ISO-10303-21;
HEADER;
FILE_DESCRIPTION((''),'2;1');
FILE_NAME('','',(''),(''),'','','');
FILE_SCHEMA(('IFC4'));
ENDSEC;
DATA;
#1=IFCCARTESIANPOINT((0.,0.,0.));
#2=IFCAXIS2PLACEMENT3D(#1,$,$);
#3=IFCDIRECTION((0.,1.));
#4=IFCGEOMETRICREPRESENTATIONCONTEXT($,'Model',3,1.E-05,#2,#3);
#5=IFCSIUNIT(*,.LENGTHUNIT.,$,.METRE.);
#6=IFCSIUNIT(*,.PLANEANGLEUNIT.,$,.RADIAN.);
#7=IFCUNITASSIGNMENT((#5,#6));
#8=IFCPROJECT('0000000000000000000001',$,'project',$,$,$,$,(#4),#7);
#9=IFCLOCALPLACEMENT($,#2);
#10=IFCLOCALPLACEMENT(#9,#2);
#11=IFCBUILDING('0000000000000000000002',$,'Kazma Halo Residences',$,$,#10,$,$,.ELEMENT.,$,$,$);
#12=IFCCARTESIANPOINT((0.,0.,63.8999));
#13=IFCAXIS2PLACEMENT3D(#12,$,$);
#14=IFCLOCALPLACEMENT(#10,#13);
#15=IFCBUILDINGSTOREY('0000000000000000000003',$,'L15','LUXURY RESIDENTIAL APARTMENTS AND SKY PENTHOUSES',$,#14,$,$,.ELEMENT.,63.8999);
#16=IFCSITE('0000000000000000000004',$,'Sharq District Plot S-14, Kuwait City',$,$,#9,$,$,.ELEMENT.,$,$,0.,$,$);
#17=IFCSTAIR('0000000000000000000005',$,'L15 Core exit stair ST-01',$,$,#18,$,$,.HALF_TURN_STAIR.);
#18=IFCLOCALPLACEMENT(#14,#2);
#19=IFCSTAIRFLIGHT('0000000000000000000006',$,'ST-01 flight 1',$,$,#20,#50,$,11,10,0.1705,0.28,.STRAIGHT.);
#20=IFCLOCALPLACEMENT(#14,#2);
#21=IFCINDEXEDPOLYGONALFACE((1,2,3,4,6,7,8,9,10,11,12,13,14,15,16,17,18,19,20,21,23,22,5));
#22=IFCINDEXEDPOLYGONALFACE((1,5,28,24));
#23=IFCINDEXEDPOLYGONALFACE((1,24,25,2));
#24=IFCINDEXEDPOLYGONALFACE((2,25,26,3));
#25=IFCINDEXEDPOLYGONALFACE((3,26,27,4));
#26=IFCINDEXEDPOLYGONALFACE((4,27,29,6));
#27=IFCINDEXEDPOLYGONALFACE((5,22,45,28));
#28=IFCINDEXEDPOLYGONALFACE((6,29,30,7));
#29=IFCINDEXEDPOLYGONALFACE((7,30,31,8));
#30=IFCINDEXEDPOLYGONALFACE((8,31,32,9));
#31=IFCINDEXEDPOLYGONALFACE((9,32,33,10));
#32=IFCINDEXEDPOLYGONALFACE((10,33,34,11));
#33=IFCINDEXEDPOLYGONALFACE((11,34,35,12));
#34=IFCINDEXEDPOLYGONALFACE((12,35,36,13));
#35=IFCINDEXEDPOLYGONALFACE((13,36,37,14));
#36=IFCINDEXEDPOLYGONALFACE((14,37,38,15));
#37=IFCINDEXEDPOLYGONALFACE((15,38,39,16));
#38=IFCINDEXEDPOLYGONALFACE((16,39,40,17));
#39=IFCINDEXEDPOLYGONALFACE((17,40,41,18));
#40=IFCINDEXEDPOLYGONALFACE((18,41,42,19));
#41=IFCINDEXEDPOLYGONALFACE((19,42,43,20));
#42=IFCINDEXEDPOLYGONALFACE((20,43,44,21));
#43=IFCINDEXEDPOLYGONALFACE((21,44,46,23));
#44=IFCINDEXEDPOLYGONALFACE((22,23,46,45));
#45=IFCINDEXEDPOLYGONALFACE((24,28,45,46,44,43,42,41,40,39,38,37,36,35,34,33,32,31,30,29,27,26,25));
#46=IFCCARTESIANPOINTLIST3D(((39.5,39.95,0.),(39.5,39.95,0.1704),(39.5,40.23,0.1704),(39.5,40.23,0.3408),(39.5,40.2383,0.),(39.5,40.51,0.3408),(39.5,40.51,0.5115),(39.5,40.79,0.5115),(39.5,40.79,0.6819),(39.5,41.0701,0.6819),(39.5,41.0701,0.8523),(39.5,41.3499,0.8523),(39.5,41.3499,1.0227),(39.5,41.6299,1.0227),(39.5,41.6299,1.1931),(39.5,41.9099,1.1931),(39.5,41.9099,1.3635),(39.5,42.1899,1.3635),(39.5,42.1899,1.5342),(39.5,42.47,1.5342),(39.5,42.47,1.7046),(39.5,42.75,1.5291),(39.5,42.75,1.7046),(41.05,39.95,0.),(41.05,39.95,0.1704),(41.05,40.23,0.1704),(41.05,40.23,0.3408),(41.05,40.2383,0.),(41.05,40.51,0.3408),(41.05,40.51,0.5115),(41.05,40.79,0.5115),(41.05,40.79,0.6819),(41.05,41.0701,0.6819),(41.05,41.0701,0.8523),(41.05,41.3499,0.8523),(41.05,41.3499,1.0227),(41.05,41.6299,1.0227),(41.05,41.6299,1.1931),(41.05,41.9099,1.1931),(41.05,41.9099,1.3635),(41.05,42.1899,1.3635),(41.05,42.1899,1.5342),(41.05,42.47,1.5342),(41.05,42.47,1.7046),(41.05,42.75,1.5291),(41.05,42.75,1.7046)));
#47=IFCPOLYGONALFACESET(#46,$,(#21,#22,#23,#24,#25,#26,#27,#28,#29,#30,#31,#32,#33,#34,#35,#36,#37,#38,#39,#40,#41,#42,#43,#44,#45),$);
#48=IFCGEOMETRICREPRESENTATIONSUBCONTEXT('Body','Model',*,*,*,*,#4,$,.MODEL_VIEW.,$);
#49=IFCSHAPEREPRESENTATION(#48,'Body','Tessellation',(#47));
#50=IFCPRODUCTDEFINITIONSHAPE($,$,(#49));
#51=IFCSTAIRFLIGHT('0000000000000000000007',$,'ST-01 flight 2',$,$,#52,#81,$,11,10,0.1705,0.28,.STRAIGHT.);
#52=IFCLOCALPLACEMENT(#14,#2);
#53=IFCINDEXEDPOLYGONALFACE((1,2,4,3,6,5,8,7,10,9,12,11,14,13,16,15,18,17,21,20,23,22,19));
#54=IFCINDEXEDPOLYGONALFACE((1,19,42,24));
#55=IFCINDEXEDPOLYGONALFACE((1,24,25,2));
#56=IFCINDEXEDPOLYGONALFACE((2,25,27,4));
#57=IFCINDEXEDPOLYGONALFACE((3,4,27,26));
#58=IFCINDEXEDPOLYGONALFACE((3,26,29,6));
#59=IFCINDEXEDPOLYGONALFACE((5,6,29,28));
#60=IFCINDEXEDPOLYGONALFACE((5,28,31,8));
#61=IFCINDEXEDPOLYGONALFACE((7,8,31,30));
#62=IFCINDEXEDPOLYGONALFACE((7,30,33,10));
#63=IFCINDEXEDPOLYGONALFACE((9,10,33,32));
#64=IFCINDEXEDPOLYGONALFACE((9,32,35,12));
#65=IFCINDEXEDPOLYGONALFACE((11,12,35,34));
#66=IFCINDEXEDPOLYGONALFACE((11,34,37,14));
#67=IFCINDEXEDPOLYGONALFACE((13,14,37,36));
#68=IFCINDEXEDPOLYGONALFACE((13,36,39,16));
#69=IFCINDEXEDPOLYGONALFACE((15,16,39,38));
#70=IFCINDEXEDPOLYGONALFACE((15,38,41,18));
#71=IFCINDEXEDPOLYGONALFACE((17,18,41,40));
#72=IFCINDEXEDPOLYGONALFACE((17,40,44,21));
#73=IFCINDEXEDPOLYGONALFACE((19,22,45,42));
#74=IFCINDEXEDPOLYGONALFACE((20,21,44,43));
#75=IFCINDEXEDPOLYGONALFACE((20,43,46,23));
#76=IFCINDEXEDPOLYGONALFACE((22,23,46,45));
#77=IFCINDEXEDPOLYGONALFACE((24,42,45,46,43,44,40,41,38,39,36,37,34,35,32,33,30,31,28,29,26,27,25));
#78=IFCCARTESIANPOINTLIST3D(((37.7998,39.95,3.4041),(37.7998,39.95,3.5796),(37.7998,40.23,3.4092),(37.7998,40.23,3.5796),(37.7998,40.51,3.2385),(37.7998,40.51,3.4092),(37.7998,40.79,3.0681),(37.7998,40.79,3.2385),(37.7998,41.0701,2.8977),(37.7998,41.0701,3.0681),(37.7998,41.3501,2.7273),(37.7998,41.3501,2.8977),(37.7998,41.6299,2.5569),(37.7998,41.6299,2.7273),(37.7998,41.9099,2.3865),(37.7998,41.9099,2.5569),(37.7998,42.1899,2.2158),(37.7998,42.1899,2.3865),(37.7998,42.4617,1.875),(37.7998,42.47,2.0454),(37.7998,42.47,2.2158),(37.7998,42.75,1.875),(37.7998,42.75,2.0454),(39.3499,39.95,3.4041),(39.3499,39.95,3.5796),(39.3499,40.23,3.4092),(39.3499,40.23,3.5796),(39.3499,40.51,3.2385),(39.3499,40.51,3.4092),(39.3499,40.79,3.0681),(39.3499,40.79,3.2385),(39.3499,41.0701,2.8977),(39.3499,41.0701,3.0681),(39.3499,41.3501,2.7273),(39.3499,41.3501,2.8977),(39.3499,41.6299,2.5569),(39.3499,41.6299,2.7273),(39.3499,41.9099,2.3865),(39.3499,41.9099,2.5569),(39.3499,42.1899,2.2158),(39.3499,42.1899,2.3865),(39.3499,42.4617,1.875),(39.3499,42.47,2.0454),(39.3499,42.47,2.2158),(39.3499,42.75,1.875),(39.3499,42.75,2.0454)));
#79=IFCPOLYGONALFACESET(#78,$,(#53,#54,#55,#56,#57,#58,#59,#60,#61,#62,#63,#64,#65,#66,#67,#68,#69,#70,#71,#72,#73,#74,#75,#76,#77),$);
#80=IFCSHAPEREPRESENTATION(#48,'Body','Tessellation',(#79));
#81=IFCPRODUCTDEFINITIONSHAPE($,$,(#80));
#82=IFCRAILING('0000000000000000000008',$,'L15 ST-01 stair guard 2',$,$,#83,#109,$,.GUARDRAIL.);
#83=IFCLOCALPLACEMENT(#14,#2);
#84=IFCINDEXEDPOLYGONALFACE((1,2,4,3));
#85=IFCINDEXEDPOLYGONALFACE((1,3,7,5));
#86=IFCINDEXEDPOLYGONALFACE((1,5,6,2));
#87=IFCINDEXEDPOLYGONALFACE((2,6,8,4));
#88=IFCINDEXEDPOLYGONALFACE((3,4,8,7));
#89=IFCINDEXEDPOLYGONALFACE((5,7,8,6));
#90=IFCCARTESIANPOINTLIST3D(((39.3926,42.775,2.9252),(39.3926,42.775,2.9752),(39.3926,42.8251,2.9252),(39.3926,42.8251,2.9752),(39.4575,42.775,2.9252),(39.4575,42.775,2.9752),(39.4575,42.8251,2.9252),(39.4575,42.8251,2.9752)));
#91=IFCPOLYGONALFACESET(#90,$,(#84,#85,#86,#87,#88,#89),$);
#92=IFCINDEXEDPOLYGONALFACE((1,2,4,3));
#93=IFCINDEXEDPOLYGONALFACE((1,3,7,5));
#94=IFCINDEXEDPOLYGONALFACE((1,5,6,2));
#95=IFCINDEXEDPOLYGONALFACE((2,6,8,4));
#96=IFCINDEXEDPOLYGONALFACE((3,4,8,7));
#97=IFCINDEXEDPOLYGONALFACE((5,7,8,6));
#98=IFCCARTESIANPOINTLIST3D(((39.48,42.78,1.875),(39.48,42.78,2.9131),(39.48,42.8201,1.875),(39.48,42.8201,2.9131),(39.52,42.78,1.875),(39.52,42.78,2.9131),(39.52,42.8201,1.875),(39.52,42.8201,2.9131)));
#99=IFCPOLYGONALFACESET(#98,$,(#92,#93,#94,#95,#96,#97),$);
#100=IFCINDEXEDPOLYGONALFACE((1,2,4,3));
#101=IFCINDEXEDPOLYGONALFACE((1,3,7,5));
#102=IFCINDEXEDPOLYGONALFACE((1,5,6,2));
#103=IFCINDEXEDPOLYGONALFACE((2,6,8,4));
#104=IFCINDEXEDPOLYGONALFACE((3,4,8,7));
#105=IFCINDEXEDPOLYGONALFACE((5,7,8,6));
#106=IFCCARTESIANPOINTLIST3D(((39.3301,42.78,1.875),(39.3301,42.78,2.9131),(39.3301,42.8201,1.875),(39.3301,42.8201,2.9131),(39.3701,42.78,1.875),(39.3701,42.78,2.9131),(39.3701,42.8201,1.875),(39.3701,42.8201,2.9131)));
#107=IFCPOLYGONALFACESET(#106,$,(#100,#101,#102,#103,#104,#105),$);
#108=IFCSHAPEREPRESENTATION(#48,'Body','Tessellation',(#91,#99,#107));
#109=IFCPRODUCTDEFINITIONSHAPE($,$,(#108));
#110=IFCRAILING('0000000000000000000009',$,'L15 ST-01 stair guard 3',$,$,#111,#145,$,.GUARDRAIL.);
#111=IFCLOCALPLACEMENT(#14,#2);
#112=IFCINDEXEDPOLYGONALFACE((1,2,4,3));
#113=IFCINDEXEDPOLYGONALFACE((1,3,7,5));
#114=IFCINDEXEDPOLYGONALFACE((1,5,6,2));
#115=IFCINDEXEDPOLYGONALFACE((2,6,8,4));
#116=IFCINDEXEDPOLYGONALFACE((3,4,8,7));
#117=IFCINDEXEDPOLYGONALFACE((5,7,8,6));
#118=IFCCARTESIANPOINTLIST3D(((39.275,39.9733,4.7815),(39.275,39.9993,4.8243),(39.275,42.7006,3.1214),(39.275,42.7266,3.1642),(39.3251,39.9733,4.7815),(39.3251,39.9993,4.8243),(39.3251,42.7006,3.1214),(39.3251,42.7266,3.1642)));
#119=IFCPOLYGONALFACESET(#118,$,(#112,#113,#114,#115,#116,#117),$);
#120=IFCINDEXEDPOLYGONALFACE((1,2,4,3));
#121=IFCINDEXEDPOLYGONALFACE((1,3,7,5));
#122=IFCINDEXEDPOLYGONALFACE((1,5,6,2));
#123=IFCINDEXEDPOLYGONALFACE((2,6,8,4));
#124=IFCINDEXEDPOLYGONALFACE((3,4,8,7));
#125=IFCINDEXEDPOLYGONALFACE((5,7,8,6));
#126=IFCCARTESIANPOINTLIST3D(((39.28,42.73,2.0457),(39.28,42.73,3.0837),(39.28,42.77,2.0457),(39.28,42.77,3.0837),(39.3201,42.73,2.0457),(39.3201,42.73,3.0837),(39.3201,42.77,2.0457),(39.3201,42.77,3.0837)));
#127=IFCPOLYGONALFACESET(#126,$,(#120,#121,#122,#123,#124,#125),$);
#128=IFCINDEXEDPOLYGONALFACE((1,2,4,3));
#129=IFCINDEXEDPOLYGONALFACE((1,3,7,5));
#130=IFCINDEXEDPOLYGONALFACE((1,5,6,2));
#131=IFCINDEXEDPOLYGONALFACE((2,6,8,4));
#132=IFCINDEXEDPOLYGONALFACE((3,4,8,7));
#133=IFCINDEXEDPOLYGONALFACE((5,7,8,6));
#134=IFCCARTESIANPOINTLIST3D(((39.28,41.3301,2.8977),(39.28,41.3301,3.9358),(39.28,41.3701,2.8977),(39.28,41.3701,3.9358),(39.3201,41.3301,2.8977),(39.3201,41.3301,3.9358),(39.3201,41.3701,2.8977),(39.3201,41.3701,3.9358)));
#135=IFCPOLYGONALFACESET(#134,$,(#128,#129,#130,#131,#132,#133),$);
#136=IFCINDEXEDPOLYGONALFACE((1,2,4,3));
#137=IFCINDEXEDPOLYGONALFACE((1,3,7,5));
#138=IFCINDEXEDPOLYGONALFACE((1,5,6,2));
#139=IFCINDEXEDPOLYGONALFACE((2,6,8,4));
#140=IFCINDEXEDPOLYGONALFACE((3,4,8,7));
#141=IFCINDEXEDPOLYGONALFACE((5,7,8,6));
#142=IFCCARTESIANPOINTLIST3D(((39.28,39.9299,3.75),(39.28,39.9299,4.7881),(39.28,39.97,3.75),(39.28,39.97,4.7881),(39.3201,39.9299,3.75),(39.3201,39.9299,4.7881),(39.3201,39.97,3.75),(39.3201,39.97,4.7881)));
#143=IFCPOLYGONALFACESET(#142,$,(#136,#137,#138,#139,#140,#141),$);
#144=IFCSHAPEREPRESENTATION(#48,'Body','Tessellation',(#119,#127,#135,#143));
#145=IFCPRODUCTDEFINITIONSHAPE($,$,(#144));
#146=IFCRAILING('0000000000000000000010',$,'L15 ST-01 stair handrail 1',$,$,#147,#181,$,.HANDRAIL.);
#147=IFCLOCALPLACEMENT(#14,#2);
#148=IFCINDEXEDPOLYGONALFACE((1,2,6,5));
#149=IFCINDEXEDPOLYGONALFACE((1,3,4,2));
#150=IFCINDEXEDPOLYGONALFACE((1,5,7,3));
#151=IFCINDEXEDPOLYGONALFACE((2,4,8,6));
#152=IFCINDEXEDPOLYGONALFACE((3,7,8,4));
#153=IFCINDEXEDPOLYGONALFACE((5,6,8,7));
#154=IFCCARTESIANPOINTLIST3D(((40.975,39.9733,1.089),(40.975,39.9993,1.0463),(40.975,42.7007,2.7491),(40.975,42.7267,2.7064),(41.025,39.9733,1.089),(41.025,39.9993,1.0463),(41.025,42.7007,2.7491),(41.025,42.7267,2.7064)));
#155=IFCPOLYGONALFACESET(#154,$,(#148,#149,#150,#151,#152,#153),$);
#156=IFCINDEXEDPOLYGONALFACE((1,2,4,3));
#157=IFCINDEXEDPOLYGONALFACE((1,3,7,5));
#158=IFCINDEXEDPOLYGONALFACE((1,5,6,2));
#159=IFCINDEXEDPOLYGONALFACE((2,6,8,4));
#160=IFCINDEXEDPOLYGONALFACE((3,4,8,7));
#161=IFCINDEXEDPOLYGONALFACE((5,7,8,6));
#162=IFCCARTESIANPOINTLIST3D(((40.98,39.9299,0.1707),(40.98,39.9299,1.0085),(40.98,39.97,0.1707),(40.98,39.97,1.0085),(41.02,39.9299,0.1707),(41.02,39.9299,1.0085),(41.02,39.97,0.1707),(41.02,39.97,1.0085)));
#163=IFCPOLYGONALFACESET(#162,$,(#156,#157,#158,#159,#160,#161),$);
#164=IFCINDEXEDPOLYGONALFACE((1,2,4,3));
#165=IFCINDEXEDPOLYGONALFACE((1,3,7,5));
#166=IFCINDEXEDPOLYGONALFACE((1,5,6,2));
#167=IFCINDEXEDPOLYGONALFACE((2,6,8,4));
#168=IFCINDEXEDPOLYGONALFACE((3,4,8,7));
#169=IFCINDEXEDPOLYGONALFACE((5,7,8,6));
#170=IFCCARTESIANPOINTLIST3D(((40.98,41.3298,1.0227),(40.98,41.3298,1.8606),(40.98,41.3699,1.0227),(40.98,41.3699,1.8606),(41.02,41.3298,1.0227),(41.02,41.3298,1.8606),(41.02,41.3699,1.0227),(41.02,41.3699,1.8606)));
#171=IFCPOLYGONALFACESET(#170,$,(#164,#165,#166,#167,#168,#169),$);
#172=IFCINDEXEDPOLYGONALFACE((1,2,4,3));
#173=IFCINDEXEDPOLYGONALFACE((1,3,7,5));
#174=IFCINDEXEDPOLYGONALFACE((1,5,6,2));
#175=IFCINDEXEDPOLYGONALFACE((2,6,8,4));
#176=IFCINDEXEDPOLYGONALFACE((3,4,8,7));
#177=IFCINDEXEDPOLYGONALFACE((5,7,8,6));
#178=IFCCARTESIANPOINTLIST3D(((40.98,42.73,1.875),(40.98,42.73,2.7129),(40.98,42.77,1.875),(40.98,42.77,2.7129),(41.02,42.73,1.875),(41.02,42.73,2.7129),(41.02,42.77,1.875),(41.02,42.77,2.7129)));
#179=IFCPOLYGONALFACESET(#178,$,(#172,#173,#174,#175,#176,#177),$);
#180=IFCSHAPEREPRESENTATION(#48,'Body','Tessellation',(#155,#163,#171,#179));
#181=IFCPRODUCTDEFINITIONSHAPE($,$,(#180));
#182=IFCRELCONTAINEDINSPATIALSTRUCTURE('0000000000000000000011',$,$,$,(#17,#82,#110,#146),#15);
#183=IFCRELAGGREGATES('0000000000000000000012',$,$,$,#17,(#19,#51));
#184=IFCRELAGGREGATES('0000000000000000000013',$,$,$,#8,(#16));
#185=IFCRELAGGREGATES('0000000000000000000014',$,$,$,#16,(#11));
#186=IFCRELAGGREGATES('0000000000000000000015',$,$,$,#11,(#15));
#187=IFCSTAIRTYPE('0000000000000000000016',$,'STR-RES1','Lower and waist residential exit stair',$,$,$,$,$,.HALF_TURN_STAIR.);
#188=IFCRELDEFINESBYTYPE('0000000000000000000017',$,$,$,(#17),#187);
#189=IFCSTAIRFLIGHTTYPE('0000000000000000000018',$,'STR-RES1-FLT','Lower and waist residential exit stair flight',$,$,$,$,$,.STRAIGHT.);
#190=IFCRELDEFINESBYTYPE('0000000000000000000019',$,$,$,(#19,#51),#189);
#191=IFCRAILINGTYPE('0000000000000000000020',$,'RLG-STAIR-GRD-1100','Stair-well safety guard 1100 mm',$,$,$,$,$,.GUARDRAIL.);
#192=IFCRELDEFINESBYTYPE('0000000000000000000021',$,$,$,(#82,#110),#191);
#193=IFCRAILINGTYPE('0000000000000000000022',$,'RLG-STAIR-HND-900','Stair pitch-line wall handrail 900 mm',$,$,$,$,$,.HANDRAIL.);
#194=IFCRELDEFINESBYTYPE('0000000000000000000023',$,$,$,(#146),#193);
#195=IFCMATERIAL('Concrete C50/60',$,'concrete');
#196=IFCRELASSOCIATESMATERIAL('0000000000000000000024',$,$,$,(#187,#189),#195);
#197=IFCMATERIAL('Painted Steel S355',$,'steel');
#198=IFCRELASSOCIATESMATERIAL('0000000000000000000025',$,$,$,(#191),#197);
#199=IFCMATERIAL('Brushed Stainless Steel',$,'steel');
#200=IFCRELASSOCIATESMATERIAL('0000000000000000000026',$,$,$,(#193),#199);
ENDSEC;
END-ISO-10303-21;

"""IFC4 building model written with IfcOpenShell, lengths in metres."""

from ifc_helpers import new_model, si_unit, direction, frame, origin, origin_2d, place, context, subcontext, project, spatial, polyline, rectangle, outline, extrude, material, type_object, element, aggregate, save


model = new_model("IFC4")

# Units and contexts
model_context = context("Model", 3, precision=1e-05, world=origin(), true_north=direction((0.0, 1.0)))
body_context = subcontext(model_context, "Body", "Model", "MODEL_VIEW")
ifc_project = project(units=[si_unit("LENGTHUNIT", "METRE"), si_unit("PLANEANGLEUNIT", "RADIAN")], contexts=[model_context])

# Site, building, storey
site_placement = place(None, origin())
site = spatial("IfcSite", under=ifc_project, at=site_placement, Name="Sharq District Plot S-14, Kuwait City", CompositionType="ELEMENT", RefElevation=0.0)
building_placement = place(site_placement, origin())
building = spatial("IfcBuilding", under=site, at=building_placement, Name="Kazma Halo Residences", CompositionType="ELEMENT")
storey_placement = place(building_placement, frame((0.0, 0.0, 63.8999)))
storey = spatial("IfcBuildingStorey", under=building, at=storey_placement, Name="L15", Description="LUXURY RESIDENTIAL APARTMENTS AND SKY PENTHOUSES", CompositionType="ELEMENT", Elevation=63.8999)

# Stair, stair flights
ifc_material_1 = material(Name="Concrete C50/60", Category="concrete")
stair_type = type_object("IfcStairType", Name="STR-RES1", Description="Lower and waist residential exit stair", PredefinedType="HALF_TURN_STAIR", material=ifc_material_1)
stair_placement = place(storey_placement, origin())
stair = element("IfcStair", 1, at=stair_placement, inside=storey, type_object=stair_type, Name="L15 Core exit stair ST-01", PredefinedType="HALF_TURN_STAIR")
stair_flight_type = type_object("IfcStairFlightType", Name="STR-RES1-FLT", Description="Lower and waist residential exit stair flight", PredefinedType="STRAIGHT", material=ifc_material_1)
stair_flight_1_placement = place(storey_placement, frame((40.2749, 39.95, 0.0), z_axis=(0.0, 0.0, 1.0), x_axis=(0.0, 1.0, 0.0)))
stair_flight_1 = element("IfcStairFlight", 2, at=stair_flight_1_placement, type_object=stair_flight_type, Name="ST-01 flight 1", NumberOfRisers=11, NumberOfTreads=10, PredefinedType="STRAIGHT", RiserHeight=0.1705, TreadLength=0.28, context=body_context, shape_type="SweptSolid", body=[
    extrude(outline(polyline([(0.0, 0.0), (0.0, 0.1704), (0.28, 0.1704), (0.28, 0.3408), (0.5601, 0.3408), (0.5601, 0.5115), (0.8401, 0.5115), (0.8401, 0.6819), (1.1201, 0.6819), (1.1201, 0.8523), (1.3999, 0.8523), (1.3999, 1.0227), (1.6799, 1.0227), (1.6799, 1.1931), (1.96, 1.1931), (1.96, 1.3635), (2.24, 1.3635), (2.24, 1.5342), (2.52, 1.5342), (2.52, 1.7046), (2.8, 1.7046), (2.8, 1.875), (2.8, 1.5291), (0.2883, 0.0), (0.0, 0.0)])), frame((0.0, 0.7749, 0.0), z_axis=(0.0, -1.0, 0.0), x_axis=(1.0, 0.0, 0.0)), (0.0, 0.0, 1.0), 1.55),
])
stair_flight_2_placement = place(storey_placement, frame((38.575, 42.75, 1.875), z_axis=(0.0, 0.0, 1.0), x_axis=(0.0, -1.0, 0.0)))
stair_flight_2 = element("IfcStairFlight", 3, at=stair_flight_2_placement, type_object=stair_flight_type, Name="ST-01 flight 2", NumberOfRisers=11, NumberOfTreads=10, PredefinedType="STRAIGHT", RiserHeight=0.1705, TreadLength=0.28, context=body_context, shape_type="SweptSolid", body=[
    extrude(outline(polyline([(0.0, 0.0), (0.0, 0.1704), (0.28, 0.1704), (0.28, 0.3408), (0.5601, 0.3408), (0.5601, 0.5115), (0.8401, 0.5115), (0.8401, 0.6819), (1.1201, 0.6819), (1.1201, 0.8523), (1.3999, 0.8523), (1.3999, 1.0227), (1.6799, 1.0227), (1.6799, 1.1931), (1.96, 1.1931), (1.96, 1.3635), (2.24, 1.3635), (2.24, 1.5342), (2.52, 1.5342), (2.52, 1.7046), (2.8, 1.7046), (2.8, 1.875), (2.8, 1.5291), (0.2883, 0.0), (0.0, 0.0)])), frame((0.0, 0.7749, 0.0), z_axis=(0.0, -1.0, 0.0), x_axis=(1.0, 0.0, 0.0)), (0.0, 0.0, 1.0), 1.55),
])
aggregate(stair, [stair_flight_1, stair_flight_2])

# Railings
ifc_material_2 = material(Name="Painted Steel S355", Category="steel")
railing_type_1 = type_object("IfcRailingType", Name="RLG-STAIR-GRD-1100", Description="Stair-well safety guard 1100 mm", PredefinedType="GUARDRAIL", material=ifc_material_2)
railing_1_placement = place(storey_placement, frame((39.5, 42.8, 1.875)))
element("IfcRailing", 4, at=railing_1_placement, inside=storey, type_object=railing_type_1, Name="L15 ST-01 stair guard 2", PredefinedType="GUARDRAIL", context=body_context, shape_type="SweptSolid", body=[
    extrude(rectangle(XDim=0.05, YDim=0.05, at=origin_2d()), frame((-0.0425, 0.0, 1.0752), z_axis=(-1.0, 0.0, 0.0), x_axis=(0.0, -1.0, 0.0)), (0.0, 0.0, 1.0), 0.0649),
    extrude(rectangle(XDim=0.04, YDim=0.04, at=origin_2d()), origin(), (0.0, 0.0, 1.0), 1.0381),
    extrude(rectangle(XDim=0.04, YDim=0.04, at=origin_2d()), frame((-0.1499, 0.0, 0.0)), (0.0, 0.0, 1.0), 1.0381),
])
railing_2_placement = place(storey_placement, frame((39.3, 42.75, 2.0457)))
element("IfcRailing", 5, at=railing_2_placement, inside=storey, type_object=railing_type_1, Name="L15 ST-01 stair guard 3", PredefinedType="GUARDRAIL", context=body_context, shape_type="SweptSolid", body=[
    extrude(rectangle(XDim=0.05, YDim=0.05, at=origin_2d()), frame((0.0, -0.0364, 1.0972), z_axis=(0.0, -0.854203, 0.51994), x_axis=(1.0, 0.0, 0.0)), (0.0, 0.0, 1.0), 3.1929),
    extrude(rectangle(XDim=0.04, YDim=0.04, at=origin_2d()), origin(), (0.0, 0.0, 1.0), 1.0381),
    extrude(rectangle(XDim=0.04, YDim=0.04, at=origin_2d()), frame((0.0, -1.3999, 0.8521)), (0.0, 0.0, 1.0), 1.0381),
    extrude(rectangle(XDim=0.04, YDim=0.04, at=origin_2d()), frame((0.0, -2.8, 1.7043)), (0.0, 0.0, 1.0), 1.0381),
])
ifc_material_3 = material(Name="Brushed Stainless Steel", Category="steel")
railing_type_2 = type_object("IfcRailingType", Name="RLG-STAIR-HND-900", Description="Stair pitch-line wall handrail 900 mm", PredefinedType="HANDRAIL", material=ifc_material_3)
railing_3_placement = place(storey_placement, frame((41.0, 39.95, 0.1707)))
element("IfcRailing", 6, at=railing_3_placement, inside=storey, type_object=railing_type_2, Name="L15 ST-01 stair handrail 1", PredefinedType="HANDRAIL", context=body_context, shape_type="SweptSolid", body=[
    extrude(rectangle(XDim=0.05, YDim=0.05, at=origin_2d()), frame((0.0, 0.0364, 0.897), z_axis=(0.0, 0.854203, 0.51994), x_axis=(-1.0, 0.0, 0.0)), (0.0, 0.0, 1.0), 3.1929),
    extrude(rectangle(XDim=0.04, YDim=0.04, at=origin_2d()), origin(), (0.0, 0.0, 1.0), 0.8379),
    extrude(rectangle(XDim=0.04, YDim=0.04, at=origin_2d()), frame((0.0, 1.3999, 0.8521)), (0.0, 0.0, 1.0), 0.8379),
    extrude(rectangle(XDim=0.04, YDim=0.04, at=origin_2d()), frame((0.0, 2.8, 1.7043)), (0.0, 0.0, 1.0), 0.8379),
])

save(model, "model.ifc")
